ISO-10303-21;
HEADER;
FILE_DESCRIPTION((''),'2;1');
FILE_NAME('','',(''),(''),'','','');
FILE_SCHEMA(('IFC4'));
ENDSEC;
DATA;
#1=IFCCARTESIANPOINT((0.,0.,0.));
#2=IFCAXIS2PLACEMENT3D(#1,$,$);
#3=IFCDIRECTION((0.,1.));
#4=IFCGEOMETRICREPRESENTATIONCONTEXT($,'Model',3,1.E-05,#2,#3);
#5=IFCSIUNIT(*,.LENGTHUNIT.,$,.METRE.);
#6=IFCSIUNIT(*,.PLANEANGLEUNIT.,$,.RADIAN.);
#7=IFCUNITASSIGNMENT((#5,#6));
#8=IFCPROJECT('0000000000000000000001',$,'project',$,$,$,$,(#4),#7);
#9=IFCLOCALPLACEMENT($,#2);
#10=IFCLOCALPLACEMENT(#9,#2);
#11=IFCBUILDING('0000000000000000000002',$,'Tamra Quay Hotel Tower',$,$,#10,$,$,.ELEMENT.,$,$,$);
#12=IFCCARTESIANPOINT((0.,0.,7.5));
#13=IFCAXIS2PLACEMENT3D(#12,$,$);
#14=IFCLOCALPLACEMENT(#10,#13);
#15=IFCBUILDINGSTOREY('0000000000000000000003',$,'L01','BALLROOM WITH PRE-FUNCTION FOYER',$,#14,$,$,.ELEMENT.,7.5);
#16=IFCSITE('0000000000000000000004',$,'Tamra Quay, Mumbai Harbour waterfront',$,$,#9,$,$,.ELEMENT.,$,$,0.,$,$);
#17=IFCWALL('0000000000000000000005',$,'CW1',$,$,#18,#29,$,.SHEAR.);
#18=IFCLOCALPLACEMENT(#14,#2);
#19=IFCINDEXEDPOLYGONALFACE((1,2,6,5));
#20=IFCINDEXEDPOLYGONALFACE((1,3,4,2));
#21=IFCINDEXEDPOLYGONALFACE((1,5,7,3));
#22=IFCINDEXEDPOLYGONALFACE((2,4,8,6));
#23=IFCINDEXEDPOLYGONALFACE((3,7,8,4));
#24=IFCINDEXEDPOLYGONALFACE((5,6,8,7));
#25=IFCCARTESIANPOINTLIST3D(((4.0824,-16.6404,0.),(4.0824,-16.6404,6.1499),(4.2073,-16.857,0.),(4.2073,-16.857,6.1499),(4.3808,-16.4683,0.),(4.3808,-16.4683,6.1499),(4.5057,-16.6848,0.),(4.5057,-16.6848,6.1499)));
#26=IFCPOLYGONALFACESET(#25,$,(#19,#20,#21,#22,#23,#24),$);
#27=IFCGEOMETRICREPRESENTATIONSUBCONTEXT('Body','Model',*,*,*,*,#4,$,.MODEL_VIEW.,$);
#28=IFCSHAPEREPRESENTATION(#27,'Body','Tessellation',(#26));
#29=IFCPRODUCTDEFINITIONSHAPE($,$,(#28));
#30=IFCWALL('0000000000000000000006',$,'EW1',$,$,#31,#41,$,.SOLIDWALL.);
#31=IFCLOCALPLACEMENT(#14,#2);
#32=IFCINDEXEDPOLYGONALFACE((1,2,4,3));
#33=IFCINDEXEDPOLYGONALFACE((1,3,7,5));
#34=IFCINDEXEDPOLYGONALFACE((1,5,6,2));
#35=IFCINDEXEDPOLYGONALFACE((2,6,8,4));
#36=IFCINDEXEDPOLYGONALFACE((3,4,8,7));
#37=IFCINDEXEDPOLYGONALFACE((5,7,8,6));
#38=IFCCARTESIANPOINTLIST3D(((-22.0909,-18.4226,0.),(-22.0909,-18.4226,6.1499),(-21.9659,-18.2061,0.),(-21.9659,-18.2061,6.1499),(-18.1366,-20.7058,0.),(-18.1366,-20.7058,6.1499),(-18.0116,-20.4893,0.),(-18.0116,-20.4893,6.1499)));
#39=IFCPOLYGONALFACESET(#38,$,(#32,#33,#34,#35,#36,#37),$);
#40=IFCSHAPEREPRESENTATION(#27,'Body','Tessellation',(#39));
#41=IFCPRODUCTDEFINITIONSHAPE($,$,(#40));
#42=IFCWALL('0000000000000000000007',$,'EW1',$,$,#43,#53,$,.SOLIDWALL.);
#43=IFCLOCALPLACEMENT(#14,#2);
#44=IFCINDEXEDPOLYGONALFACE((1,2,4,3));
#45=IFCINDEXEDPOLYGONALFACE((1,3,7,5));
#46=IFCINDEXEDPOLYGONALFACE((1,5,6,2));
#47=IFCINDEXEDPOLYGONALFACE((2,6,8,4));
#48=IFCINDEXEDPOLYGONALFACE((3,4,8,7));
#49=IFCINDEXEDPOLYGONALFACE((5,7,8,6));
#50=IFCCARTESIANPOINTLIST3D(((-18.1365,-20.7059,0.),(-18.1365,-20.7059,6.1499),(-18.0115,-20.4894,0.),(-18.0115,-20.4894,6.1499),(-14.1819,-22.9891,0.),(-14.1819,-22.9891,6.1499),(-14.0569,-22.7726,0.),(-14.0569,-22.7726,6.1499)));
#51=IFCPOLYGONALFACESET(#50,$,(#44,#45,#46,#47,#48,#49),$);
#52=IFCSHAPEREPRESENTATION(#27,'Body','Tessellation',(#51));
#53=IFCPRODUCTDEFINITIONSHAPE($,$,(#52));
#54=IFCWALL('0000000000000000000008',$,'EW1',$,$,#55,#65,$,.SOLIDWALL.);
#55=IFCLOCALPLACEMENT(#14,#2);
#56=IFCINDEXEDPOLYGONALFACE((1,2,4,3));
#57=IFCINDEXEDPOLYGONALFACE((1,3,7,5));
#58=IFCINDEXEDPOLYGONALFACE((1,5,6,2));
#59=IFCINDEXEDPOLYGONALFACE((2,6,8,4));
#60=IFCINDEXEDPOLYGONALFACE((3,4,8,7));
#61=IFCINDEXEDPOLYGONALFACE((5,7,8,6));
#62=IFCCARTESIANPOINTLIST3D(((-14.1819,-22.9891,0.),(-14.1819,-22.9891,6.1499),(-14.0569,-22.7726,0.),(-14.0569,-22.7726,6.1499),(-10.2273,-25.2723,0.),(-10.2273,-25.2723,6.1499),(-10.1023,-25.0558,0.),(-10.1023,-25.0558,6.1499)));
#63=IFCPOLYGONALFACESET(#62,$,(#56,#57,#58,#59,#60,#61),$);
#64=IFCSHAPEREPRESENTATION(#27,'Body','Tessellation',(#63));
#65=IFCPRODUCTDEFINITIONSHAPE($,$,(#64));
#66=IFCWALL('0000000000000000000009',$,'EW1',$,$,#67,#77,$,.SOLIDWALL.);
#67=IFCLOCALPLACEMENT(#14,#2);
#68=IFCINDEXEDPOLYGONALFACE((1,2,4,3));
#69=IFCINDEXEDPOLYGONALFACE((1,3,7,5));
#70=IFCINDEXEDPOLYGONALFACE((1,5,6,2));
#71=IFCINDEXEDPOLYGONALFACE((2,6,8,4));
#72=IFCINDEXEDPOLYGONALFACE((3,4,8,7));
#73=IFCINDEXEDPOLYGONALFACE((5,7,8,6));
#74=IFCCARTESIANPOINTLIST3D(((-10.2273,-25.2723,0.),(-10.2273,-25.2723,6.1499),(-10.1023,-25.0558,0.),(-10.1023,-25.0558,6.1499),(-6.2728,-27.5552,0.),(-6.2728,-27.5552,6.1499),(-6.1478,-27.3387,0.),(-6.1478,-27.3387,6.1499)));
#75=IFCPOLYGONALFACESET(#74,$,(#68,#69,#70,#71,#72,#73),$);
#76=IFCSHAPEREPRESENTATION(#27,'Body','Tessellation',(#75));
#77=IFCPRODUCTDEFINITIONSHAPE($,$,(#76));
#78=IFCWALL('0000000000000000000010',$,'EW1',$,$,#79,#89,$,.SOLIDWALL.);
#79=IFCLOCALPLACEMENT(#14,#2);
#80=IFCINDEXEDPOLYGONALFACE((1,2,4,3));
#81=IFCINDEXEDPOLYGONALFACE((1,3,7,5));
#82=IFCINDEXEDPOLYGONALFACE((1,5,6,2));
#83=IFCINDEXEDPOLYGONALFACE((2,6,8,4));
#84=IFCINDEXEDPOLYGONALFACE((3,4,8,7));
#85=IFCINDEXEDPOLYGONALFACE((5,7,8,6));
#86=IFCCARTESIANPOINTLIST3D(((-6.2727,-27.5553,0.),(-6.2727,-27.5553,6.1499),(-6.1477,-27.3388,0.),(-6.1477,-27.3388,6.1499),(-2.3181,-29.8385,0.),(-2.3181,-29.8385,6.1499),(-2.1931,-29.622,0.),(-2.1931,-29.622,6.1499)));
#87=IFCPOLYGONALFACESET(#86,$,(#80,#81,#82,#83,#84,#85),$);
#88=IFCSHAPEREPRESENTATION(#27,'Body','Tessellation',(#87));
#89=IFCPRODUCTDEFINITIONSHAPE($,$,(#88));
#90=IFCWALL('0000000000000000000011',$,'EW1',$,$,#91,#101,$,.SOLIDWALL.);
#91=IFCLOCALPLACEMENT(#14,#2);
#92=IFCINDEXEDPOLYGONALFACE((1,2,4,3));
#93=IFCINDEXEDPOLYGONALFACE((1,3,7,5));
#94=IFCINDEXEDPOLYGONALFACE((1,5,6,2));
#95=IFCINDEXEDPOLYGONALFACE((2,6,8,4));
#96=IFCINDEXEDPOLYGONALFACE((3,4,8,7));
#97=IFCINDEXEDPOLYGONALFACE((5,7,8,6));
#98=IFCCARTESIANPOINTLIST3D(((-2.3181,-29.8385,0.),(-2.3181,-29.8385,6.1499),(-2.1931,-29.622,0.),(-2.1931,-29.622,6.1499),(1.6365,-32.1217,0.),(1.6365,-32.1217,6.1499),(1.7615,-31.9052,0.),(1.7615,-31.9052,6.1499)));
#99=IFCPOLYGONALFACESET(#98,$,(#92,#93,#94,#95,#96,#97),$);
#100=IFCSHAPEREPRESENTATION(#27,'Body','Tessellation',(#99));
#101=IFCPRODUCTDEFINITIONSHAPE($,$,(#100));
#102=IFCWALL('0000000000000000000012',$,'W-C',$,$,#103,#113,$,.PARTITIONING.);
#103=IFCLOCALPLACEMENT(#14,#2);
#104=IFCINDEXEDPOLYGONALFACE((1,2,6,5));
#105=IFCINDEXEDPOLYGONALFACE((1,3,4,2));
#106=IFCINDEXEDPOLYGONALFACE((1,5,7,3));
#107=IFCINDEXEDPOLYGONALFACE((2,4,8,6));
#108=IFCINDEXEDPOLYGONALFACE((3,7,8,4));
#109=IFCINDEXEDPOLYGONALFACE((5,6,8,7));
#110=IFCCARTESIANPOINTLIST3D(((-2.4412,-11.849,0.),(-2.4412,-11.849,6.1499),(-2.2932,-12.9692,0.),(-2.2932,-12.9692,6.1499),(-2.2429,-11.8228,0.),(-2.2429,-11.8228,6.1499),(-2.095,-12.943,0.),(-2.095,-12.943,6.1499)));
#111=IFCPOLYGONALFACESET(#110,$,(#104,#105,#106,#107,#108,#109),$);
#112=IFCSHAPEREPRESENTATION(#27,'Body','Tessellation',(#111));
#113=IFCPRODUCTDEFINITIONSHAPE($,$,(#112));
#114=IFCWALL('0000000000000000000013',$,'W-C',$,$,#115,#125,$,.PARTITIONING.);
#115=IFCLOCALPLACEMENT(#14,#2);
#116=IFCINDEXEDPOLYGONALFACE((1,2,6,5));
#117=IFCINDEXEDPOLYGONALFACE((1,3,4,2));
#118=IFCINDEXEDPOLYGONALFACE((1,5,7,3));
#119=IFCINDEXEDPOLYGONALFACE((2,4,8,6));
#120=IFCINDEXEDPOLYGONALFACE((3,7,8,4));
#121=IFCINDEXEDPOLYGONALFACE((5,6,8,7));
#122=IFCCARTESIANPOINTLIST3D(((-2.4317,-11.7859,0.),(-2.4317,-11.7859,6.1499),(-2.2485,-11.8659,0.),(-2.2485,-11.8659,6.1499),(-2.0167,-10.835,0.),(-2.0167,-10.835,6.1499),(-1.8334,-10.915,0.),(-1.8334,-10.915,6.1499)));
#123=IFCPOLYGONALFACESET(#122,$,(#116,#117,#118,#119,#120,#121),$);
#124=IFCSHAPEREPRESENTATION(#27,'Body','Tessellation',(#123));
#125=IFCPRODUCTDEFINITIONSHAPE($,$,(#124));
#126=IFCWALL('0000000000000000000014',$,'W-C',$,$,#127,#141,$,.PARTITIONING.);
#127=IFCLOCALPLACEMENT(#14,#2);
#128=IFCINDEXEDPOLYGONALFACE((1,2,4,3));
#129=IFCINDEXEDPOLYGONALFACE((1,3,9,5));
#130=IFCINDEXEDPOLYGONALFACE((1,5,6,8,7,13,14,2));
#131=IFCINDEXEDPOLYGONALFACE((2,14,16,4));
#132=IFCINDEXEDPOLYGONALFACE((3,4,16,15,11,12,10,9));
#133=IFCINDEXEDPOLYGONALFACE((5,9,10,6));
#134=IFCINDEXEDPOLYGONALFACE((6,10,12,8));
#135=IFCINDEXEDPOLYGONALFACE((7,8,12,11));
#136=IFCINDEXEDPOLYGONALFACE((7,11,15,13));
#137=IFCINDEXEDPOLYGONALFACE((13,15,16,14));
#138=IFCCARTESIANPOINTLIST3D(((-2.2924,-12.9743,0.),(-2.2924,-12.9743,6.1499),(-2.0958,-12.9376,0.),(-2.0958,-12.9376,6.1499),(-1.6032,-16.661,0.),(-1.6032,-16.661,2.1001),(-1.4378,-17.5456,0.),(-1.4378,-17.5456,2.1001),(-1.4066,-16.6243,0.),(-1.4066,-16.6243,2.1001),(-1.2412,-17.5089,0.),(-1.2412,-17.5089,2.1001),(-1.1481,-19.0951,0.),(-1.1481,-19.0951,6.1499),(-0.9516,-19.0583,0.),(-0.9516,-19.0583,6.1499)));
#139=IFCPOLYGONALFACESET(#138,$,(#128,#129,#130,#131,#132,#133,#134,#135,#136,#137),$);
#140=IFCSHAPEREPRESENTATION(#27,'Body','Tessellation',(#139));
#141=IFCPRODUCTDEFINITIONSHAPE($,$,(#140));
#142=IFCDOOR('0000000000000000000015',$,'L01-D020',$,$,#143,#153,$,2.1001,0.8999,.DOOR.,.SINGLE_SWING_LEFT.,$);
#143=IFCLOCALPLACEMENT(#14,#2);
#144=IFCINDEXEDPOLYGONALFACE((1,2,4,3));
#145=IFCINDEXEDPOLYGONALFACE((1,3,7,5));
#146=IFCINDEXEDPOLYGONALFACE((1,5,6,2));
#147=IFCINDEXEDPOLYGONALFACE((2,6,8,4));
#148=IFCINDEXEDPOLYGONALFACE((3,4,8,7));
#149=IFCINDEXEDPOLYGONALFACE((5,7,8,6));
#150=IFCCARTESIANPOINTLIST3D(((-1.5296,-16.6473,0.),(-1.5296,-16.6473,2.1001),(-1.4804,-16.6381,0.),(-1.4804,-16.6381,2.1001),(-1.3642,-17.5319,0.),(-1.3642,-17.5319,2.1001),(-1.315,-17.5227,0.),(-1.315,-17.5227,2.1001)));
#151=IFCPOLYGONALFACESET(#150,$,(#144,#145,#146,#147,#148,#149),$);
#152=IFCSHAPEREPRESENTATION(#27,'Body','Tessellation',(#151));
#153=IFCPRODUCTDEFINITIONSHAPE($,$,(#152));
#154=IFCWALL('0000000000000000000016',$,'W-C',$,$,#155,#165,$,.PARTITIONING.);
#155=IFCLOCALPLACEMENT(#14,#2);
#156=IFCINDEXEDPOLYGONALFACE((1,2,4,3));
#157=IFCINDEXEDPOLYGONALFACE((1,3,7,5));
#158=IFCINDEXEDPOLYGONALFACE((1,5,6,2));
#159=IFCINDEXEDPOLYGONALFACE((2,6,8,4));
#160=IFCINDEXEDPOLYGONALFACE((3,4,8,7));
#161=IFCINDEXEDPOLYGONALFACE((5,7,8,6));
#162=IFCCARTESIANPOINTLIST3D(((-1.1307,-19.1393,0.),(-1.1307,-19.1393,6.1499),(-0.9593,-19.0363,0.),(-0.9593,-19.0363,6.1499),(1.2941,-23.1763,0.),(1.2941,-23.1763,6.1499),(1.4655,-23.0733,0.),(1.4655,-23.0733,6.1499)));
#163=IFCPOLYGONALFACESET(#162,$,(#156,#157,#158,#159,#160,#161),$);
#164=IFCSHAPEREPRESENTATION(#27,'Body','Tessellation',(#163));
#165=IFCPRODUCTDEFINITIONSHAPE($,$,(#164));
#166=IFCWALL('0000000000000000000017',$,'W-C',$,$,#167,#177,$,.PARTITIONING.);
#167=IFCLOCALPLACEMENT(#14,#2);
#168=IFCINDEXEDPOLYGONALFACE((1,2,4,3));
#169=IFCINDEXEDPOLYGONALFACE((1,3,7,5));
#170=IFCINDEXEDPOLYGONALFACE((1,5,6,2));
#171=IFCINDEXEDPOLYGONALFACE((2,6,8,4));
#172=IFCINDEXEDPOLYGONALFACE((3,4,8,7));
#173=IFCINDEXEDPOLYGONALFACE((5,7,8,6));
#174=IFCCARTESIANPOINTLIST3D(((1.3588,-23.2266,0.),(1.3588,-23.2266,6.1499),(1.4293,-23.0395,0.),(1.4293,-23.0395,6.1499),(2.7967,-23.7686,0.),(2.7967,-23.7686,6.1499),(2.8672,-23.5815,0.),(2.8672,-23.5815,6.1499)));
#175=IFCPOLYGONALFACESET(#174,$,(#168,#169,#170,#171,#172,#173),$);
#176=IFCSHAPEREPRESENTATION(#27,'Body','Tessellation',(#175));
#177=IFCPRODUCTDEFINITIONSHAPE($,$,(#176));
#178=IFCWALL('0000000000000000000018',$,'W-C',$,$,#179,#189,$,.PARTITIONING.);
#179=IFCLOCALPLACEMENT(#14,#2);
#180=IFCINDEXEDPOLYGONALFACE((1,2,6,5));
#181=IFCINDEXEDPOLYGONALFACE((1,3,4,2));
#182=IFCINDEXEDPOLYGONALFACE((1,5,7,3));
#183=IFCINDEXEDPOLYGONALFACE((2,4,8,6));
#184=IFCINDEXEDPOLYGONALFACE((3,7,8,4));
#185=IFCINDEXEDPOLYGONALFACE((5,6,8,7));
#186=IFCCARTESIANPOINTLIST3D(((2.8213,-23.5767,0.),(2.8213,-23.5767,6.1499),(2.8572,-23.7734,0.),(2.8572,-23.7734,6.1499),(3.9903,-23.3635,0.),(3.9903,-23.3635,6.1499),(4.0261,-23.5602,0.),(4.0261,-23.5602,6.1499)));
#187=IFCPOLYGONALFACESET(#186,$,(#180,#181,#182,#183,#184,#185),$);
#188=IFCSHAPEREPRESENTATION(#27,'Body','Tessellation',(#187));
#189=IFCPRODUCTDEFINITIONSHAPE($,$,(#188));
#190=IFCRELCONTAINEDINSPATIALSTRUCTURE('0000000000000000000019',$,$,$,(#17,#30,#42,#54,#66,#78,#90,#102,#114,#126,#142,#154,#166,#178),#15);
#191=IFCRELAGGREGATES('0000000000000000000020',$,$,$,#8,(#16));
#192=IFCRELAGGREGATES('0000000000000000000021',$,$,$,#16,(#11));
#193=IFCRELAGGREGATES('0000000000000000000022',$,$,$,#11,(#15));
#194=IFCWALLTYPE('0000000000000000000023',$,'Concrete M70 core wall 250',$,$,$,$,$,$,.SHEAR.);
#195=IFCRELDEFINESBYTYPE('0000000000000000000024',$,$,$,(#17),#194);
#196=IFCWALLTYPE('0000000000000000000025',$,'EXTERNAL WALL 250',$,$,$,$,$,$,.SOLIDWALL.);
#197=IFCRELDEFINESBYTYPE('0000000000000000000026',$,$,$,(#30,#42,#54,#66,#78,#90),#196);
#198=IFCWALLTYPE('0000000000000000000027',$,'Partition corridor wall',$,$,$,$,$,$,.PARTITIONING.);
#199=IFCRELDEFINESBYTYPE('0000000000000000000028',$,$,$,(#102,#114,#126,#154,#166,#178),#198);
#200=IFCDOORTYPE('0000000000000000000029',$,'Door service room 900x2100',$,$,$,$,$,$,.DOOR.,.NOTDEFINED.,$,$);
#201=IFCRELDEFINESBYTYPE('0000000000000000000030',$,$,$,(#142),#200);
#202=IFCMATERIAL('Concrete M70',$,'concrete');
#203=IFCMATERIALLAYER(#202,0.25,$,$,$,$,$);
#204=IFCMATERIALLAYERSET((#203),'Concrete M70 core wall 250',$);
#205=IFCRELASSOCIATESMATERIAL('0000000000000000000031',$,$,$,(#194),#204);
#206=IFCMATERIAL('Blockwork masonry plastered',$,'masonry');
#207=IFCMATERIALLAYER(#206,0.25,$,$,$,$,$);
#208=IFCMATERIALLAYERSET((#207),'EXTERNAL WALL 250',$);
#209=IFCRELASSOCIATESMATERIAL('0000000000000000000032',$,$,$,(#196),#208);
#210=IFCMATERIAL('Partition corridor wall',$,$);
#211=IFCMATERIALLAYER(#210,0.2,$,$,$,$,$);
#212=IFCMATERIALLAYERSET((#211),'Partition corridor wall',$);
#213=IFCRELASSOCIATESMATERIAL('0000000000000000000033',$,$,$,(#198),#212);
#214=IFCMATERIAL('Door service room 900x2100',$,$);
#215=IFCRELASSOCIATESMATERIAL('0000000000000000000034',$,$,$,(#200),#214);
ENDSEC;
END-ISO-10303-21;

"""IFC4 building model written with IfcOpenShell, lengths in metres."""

from ifc_helpers import new_model, si_unit, direction, frame, frame_2d, origin, place, context, subcontext, project, spatial, rectangle, extrude, material, layer, layer_set, type_object, element, fill, save


model = new_model("IFC4")

# Units and contexts
model_context = context("Model", 3, precision=1e-05, world=origin(), true_north=direction((0.0, 1.0)))
body_context = subcontext(model_context, "Body", "Model", "MODEL_VIEW")
ifc_project = project(units=[si_unit("LENGTHUNIT", "METRE"), si_unit("PLANEANGLEUNIT", "RADIAN")], contexts=[model_context])

# Site, building, storey
site_placement = place(None, origin())
site = spatial("IfcSite", under=ifc_project, at=site_placement, Name="Tamra Quay, Mumbai Harbour waterfront", CompositionType="ELEMENT", RefElevation=0.0)
building_placement = place(site_placement, origin())
building = spatial("IfcBuilding", under=site, at=building_placement, Name="Tamra Quay Hotel Tower", CompositionType="ELEMENT")
storey_placement = place(building_placement, frame((0.0, 0.0, 7.5)))
storey = spatial("IfcBuildingStorey", under=building, at=storey_placement, Name="L01", Description="BALLROOM WITH PRE-FUNCTION FOYER", CompositionType="ELEMENT", Elevation=7.5)

# Shared definitions
ifc_material_1 = material(Name="Concrete M70", Category="concrete")

# Shared definitions
ifc_layer_1 = layer(ifc_material_1, 0.25)
ifc_layer_set_1 = layer_set([ifc_layer_1], Name="Concrete M70 core wall 250")
wall_type_1 = type_object("IfcWallType", Name="Concrete M70 core wall 250", PredefinedType="SHEAR", material=ifc_layer_set_1)

# Walls
wall_1_placement = place(storey_placement, frame((4.1448, -16.7488, 0.0), z_axis=(0.0, 0.0, 1.0), x_axis=(0.866186, 0.499722, 0.0)))
element("IfcWall", 1, at=wall_1_placement, inside=storey, type_object=wall_type_1, Name="CW1", PredefinedType="SHEAR", context=body_context, shape_type="SweptSolid", body=[
    extrude(rectangle(XDim=0.3445, YDim=0.25, at=frame_2d((0.1724, 0.0))), origin(), (0.0, 0.0, 1.0), 6.1499),
])
ifc_material_2 = material(Name="Blockwork masonry plastered", Category="masonry")
ifc_layer_2 = layer(ifc_material_2, 0.25)
ifc_layer_set_2 = layer_set([ifc_layer_2], Name="EXTERNAL WALL 250")
wall_type_2 = type_object("IfcWallType", Name="EXTERNAL WALL 250", PredefinedType="SOLIDWALL", material=ifc_layer_set_2)
wall_2_placement = place(storey_placement, frame((-18.074, -20.5977, 0.0), z_axis=(0.0, 0.0, 1.0), x_axis=(-0.86601, 0.500026, 0.0)))
element("IfcWall", 2, at=wall_2_placement, inside=storey, type_object=wall_type_2, Name="EW1", PredefinedType="SOLIDWALL", context=body_context, shape_type="SweptSolid", body=[
    extrude(rectangle(XDim=4.5662, YDim=0.25, at=frame_2d((2.2832, 0.0))), origin(), (0.0, 0.0, 1.0), 6.1499),
])
for number, where, z_axis, x_axis, name in (
    (3, (-14.1194, -22.8809, 0.0), (0.0, 0.0, 1.0), (-0.866024, 0.500003, 0.0), "EW1"),
    (4, (-10.1648, -25.1641, 0.0), (0.0, 0.0, 1.0), (-0.866024, 0.500003, 0.0), "EW1"),
):
    element("IfcWall", number, at=place(storey_placement, frame(where, z_axis=z_axis, x_axis=x_axis)), inside=storey, type_object=wall_type_2, Name=name, PredefinedType="SOLIDWALL", context=body_context, shape_type="SweptSolid", body=[
        extrude(rectangle(XDim=4.5664, YDim=0.25, at=frame_2d((2.2832, 0.0))), origin(), (0.0, 0.0, 1.0), 6.1499),
    ])
wall_3_placement = place(storey_placement, frame((-6.2102, -27.447, 0.0), z_axis=(0.0, 0.0, 1.0), x_axis=(-0.866047, 0.499963, 0.0)))
element("IfcWall", 5, at=wall_3_placement, inside=storey, type_object=wall_type_2, Name="EW1", PredefinedType="SOLIDWALL", context=body_context, shape_type="SweptSolid", body=[
    extrude(rectangle(XDim=4.5662, YDim=0.25, at=frame_2d((2.2832, 0.0))), origin(), (0.0, 0.0, 1.0), 6.1499),
])
for number, where, z_axis, x_axis, name in (
    (6, (-2.2556, -29.7302, 0.0), (0.0, 0.0, 1.0), (-0.866024, 0.500003, 0.0), "EW1"),
    (7, (1.699, -32.0134, 0.0), (0.0, 0.0, 1.0), (-0.866024, 0.500003, 0.0), "EW1"),
):
    element("IfcWall", number, at=place(storey_placement, frame(where, z_axis=z_axis, x_axis=x_axis)), inside=storey, type_object=wall_type_2, Name=name, PredefinedType="SOLIDWALL", context=body_context, shape_type="SweptSolid", body=[
        extrude(rectangle(XDim=4.5664, YDim=0.25, at=frame_2d((2.2832, 0.0))), origin(), (0.0, 0.0, 1.0), 6.1499),
    ])
ifc_material_3 = material(Name="Partition corridor wall")
ifc_layer_3 = layer(ifc_material_3, 0.2)
ifc_layer_set_3 = layer_set([ifc_layer_3], Name="Partition corridor wall")
wall_type_3 = type_object("IfcWallType", Name="Partition corridor wall", PredefinedType="PARTITIONING", material=ifc_layer_set_3)
wall_4_placement = place(storey_placement, frame((-2.342, -11.8359, 0.0), z_axis=(0.0, 0.0, 1.0), x_axis=(0.130946, -0.991389, 0.0)))
element("IfcWall", 8, at=wall_4_placement, inside=storey, type_object=wall_type_3, Name="W-C", PredefinedType="PARTITIONING", context=body_context, shape_type="SweptSolid", body=[
    extrude(rectangle(XDim=1.1299, YDim=0.2, at=frame_2d((0.5649, 0.0))), origin(), (0.0, 0.0, 1.0), 6.1499),
])
wall_5_placement = place(storey_placement, frame((-2.3401, -11.8259, 0.0), z_axis=(0.0, 0.0, 1.0), x_axis=(0.400016, 0.916508, 0.0)))
element("IfcWall", 9, at=wall_5_placement, inside=storey, type_object=wall_type_3, Name="W-C", PredefinedType="PARTITIONING", context=body_context, shape_type="SweptSolid", body=[
    extrude(rectangle(XDim=1.0376, YDim=0.2, at=frame_2d((0.5188, 0.0))), origin(), (0.0, 0.0, 1.0), 6.1499),
])

# Wall, opening, door
wall_6_placement = place(storey_placement, frame((-2.1941, -12.9561, 0.0), z_axis=(0.0, 0.0, 1.0), x_axis=(0.183765, -0.98297, 0.0)))
wall_6 = element("IfcWall", 10, at=wall_6_placement, inside=storey, type_object=wall_type_3, Name="W-C", PredefinedType="PARTITIONING", context=body_context, shape_type="SweptSolid", body=[
    extrude(rectangle(XDim=6.2268, YDim=0.2, at=frame_2d((3.1133, 0.0))), origin(), (0.0, 0.0, 1.0), 6.1499),
])
opening_1_placement = place(wall_6_placement, frame((3.7505, 0.0, 0.0)))
opening_1 = element("IfcOpeningElement", 11, at=opening_1_placement, cuts=wall_6, PredefinedType="OPENING", context=body_context, shape_type="SweptSolid", body=[
    extrude(rectangle(XDim=0.8999, YDim=2.1001, at=frame_2d((0.45, 1.05))), frame((0.0, 0.1099, 0.0), z_axis=(0.0, -1.0, 0.0), x_axis=(1.0, 0.0, 0.0)), (0.0, 0.0, 1.0), 0.22),
])
ifc_material_4 = material(Name="Door service room 900x2100")
door_type_1 = type_object("IfcDoorType", Name="Door service room 900x2100", OperationType="NOTDEFINED", PredefinedType="DOOR", material=ifc_material_4)
door_1_placement = place(opening_1_placement, origin())
door_1 = element("IfcDoor", 12, at=door_1_placement, inside=storey, type_object=door_type_1, Name="L01-D020", OperationType="SINGLE_SWING_LEFT", OverallHeight=2.1001, OverallWidth=0.8999, PredefinedType="DOOR", context=body_context, shape_type="SweptSolid", body=[
    extrude(rectangle(XDim=0.8999, YDim=2.1001, at=frame_2d((0.45, 1.05))), frame((0.0, 0.0249, 0.0), z_axis=(0.0, -1.0, 0.0), x_axis=(1.0, 0.0, 0.0)), (0.0, 0.0, 1.0), 0.05),
])
fill(opening_1, door_1)

# Walls
wall_7_placement = place(storey_placement, frame((-1.0449, -19.0879, 0.0), z_axis=(0.0, 0.0, 1.0), x_axis=(0.514892, -0.857255, 0.0)))
element("IfcWall", 13, at=wall_7_placement, inside=storey, type_object=wall_type_3, Name="W-C", PredefinedType="PARTITIONING", context=body_context, shape_type="SweptSolid", body=[
    extrude(rectangle(XDim=4.7092, YDim=0.2, at=frame_2d((2.3545, 0.0))), origin(), (0.0, 0.0, 1.0), 6.1499),
])
wall_8_placement = place(storey_placement, frame((1.394, -23.1331, 0.0), z_axis=(0.0, 0.0, 1.0), x_axis=(0.93574, -0.35269, 0.0)))
element("IfcWall", 14, at=wall_8_placement, inside=storey, type_object=wall_type_3, Name="W-C", PredefinedType="PARTITIONING", context=body_context, shape_type="SweptSolid", body=[
    extrude(rectangle(XDim=1.5366, YDim=0.2, at=frame_2d((0.7683, 0.0))), origin(), (0.0, 0.0, 1.0), 6.1499),
])
wall_9_placement = place(storey_placement, frame((2.8391, -23.675, 0.0), z_axis=(0.0, 0.0, 1.0), x_axis=(0.983781, 0.179374, 0.0)))
element("IfcWall", 15, at=wall_9_placement, inside=storey, type_object=wall_type_3, Name="W-C", PredefinedType="PARTITIONING", context=body_context, shape_type="SweptSolid", body=[
    extrude(rectangle(XDim=1.1882, YDim=0.2, at=frame_2d((0.5942, 0.0))), origin(), (0.0, 0.0, 1.0), 6.1499),
])

save(model, "model.ifc")
